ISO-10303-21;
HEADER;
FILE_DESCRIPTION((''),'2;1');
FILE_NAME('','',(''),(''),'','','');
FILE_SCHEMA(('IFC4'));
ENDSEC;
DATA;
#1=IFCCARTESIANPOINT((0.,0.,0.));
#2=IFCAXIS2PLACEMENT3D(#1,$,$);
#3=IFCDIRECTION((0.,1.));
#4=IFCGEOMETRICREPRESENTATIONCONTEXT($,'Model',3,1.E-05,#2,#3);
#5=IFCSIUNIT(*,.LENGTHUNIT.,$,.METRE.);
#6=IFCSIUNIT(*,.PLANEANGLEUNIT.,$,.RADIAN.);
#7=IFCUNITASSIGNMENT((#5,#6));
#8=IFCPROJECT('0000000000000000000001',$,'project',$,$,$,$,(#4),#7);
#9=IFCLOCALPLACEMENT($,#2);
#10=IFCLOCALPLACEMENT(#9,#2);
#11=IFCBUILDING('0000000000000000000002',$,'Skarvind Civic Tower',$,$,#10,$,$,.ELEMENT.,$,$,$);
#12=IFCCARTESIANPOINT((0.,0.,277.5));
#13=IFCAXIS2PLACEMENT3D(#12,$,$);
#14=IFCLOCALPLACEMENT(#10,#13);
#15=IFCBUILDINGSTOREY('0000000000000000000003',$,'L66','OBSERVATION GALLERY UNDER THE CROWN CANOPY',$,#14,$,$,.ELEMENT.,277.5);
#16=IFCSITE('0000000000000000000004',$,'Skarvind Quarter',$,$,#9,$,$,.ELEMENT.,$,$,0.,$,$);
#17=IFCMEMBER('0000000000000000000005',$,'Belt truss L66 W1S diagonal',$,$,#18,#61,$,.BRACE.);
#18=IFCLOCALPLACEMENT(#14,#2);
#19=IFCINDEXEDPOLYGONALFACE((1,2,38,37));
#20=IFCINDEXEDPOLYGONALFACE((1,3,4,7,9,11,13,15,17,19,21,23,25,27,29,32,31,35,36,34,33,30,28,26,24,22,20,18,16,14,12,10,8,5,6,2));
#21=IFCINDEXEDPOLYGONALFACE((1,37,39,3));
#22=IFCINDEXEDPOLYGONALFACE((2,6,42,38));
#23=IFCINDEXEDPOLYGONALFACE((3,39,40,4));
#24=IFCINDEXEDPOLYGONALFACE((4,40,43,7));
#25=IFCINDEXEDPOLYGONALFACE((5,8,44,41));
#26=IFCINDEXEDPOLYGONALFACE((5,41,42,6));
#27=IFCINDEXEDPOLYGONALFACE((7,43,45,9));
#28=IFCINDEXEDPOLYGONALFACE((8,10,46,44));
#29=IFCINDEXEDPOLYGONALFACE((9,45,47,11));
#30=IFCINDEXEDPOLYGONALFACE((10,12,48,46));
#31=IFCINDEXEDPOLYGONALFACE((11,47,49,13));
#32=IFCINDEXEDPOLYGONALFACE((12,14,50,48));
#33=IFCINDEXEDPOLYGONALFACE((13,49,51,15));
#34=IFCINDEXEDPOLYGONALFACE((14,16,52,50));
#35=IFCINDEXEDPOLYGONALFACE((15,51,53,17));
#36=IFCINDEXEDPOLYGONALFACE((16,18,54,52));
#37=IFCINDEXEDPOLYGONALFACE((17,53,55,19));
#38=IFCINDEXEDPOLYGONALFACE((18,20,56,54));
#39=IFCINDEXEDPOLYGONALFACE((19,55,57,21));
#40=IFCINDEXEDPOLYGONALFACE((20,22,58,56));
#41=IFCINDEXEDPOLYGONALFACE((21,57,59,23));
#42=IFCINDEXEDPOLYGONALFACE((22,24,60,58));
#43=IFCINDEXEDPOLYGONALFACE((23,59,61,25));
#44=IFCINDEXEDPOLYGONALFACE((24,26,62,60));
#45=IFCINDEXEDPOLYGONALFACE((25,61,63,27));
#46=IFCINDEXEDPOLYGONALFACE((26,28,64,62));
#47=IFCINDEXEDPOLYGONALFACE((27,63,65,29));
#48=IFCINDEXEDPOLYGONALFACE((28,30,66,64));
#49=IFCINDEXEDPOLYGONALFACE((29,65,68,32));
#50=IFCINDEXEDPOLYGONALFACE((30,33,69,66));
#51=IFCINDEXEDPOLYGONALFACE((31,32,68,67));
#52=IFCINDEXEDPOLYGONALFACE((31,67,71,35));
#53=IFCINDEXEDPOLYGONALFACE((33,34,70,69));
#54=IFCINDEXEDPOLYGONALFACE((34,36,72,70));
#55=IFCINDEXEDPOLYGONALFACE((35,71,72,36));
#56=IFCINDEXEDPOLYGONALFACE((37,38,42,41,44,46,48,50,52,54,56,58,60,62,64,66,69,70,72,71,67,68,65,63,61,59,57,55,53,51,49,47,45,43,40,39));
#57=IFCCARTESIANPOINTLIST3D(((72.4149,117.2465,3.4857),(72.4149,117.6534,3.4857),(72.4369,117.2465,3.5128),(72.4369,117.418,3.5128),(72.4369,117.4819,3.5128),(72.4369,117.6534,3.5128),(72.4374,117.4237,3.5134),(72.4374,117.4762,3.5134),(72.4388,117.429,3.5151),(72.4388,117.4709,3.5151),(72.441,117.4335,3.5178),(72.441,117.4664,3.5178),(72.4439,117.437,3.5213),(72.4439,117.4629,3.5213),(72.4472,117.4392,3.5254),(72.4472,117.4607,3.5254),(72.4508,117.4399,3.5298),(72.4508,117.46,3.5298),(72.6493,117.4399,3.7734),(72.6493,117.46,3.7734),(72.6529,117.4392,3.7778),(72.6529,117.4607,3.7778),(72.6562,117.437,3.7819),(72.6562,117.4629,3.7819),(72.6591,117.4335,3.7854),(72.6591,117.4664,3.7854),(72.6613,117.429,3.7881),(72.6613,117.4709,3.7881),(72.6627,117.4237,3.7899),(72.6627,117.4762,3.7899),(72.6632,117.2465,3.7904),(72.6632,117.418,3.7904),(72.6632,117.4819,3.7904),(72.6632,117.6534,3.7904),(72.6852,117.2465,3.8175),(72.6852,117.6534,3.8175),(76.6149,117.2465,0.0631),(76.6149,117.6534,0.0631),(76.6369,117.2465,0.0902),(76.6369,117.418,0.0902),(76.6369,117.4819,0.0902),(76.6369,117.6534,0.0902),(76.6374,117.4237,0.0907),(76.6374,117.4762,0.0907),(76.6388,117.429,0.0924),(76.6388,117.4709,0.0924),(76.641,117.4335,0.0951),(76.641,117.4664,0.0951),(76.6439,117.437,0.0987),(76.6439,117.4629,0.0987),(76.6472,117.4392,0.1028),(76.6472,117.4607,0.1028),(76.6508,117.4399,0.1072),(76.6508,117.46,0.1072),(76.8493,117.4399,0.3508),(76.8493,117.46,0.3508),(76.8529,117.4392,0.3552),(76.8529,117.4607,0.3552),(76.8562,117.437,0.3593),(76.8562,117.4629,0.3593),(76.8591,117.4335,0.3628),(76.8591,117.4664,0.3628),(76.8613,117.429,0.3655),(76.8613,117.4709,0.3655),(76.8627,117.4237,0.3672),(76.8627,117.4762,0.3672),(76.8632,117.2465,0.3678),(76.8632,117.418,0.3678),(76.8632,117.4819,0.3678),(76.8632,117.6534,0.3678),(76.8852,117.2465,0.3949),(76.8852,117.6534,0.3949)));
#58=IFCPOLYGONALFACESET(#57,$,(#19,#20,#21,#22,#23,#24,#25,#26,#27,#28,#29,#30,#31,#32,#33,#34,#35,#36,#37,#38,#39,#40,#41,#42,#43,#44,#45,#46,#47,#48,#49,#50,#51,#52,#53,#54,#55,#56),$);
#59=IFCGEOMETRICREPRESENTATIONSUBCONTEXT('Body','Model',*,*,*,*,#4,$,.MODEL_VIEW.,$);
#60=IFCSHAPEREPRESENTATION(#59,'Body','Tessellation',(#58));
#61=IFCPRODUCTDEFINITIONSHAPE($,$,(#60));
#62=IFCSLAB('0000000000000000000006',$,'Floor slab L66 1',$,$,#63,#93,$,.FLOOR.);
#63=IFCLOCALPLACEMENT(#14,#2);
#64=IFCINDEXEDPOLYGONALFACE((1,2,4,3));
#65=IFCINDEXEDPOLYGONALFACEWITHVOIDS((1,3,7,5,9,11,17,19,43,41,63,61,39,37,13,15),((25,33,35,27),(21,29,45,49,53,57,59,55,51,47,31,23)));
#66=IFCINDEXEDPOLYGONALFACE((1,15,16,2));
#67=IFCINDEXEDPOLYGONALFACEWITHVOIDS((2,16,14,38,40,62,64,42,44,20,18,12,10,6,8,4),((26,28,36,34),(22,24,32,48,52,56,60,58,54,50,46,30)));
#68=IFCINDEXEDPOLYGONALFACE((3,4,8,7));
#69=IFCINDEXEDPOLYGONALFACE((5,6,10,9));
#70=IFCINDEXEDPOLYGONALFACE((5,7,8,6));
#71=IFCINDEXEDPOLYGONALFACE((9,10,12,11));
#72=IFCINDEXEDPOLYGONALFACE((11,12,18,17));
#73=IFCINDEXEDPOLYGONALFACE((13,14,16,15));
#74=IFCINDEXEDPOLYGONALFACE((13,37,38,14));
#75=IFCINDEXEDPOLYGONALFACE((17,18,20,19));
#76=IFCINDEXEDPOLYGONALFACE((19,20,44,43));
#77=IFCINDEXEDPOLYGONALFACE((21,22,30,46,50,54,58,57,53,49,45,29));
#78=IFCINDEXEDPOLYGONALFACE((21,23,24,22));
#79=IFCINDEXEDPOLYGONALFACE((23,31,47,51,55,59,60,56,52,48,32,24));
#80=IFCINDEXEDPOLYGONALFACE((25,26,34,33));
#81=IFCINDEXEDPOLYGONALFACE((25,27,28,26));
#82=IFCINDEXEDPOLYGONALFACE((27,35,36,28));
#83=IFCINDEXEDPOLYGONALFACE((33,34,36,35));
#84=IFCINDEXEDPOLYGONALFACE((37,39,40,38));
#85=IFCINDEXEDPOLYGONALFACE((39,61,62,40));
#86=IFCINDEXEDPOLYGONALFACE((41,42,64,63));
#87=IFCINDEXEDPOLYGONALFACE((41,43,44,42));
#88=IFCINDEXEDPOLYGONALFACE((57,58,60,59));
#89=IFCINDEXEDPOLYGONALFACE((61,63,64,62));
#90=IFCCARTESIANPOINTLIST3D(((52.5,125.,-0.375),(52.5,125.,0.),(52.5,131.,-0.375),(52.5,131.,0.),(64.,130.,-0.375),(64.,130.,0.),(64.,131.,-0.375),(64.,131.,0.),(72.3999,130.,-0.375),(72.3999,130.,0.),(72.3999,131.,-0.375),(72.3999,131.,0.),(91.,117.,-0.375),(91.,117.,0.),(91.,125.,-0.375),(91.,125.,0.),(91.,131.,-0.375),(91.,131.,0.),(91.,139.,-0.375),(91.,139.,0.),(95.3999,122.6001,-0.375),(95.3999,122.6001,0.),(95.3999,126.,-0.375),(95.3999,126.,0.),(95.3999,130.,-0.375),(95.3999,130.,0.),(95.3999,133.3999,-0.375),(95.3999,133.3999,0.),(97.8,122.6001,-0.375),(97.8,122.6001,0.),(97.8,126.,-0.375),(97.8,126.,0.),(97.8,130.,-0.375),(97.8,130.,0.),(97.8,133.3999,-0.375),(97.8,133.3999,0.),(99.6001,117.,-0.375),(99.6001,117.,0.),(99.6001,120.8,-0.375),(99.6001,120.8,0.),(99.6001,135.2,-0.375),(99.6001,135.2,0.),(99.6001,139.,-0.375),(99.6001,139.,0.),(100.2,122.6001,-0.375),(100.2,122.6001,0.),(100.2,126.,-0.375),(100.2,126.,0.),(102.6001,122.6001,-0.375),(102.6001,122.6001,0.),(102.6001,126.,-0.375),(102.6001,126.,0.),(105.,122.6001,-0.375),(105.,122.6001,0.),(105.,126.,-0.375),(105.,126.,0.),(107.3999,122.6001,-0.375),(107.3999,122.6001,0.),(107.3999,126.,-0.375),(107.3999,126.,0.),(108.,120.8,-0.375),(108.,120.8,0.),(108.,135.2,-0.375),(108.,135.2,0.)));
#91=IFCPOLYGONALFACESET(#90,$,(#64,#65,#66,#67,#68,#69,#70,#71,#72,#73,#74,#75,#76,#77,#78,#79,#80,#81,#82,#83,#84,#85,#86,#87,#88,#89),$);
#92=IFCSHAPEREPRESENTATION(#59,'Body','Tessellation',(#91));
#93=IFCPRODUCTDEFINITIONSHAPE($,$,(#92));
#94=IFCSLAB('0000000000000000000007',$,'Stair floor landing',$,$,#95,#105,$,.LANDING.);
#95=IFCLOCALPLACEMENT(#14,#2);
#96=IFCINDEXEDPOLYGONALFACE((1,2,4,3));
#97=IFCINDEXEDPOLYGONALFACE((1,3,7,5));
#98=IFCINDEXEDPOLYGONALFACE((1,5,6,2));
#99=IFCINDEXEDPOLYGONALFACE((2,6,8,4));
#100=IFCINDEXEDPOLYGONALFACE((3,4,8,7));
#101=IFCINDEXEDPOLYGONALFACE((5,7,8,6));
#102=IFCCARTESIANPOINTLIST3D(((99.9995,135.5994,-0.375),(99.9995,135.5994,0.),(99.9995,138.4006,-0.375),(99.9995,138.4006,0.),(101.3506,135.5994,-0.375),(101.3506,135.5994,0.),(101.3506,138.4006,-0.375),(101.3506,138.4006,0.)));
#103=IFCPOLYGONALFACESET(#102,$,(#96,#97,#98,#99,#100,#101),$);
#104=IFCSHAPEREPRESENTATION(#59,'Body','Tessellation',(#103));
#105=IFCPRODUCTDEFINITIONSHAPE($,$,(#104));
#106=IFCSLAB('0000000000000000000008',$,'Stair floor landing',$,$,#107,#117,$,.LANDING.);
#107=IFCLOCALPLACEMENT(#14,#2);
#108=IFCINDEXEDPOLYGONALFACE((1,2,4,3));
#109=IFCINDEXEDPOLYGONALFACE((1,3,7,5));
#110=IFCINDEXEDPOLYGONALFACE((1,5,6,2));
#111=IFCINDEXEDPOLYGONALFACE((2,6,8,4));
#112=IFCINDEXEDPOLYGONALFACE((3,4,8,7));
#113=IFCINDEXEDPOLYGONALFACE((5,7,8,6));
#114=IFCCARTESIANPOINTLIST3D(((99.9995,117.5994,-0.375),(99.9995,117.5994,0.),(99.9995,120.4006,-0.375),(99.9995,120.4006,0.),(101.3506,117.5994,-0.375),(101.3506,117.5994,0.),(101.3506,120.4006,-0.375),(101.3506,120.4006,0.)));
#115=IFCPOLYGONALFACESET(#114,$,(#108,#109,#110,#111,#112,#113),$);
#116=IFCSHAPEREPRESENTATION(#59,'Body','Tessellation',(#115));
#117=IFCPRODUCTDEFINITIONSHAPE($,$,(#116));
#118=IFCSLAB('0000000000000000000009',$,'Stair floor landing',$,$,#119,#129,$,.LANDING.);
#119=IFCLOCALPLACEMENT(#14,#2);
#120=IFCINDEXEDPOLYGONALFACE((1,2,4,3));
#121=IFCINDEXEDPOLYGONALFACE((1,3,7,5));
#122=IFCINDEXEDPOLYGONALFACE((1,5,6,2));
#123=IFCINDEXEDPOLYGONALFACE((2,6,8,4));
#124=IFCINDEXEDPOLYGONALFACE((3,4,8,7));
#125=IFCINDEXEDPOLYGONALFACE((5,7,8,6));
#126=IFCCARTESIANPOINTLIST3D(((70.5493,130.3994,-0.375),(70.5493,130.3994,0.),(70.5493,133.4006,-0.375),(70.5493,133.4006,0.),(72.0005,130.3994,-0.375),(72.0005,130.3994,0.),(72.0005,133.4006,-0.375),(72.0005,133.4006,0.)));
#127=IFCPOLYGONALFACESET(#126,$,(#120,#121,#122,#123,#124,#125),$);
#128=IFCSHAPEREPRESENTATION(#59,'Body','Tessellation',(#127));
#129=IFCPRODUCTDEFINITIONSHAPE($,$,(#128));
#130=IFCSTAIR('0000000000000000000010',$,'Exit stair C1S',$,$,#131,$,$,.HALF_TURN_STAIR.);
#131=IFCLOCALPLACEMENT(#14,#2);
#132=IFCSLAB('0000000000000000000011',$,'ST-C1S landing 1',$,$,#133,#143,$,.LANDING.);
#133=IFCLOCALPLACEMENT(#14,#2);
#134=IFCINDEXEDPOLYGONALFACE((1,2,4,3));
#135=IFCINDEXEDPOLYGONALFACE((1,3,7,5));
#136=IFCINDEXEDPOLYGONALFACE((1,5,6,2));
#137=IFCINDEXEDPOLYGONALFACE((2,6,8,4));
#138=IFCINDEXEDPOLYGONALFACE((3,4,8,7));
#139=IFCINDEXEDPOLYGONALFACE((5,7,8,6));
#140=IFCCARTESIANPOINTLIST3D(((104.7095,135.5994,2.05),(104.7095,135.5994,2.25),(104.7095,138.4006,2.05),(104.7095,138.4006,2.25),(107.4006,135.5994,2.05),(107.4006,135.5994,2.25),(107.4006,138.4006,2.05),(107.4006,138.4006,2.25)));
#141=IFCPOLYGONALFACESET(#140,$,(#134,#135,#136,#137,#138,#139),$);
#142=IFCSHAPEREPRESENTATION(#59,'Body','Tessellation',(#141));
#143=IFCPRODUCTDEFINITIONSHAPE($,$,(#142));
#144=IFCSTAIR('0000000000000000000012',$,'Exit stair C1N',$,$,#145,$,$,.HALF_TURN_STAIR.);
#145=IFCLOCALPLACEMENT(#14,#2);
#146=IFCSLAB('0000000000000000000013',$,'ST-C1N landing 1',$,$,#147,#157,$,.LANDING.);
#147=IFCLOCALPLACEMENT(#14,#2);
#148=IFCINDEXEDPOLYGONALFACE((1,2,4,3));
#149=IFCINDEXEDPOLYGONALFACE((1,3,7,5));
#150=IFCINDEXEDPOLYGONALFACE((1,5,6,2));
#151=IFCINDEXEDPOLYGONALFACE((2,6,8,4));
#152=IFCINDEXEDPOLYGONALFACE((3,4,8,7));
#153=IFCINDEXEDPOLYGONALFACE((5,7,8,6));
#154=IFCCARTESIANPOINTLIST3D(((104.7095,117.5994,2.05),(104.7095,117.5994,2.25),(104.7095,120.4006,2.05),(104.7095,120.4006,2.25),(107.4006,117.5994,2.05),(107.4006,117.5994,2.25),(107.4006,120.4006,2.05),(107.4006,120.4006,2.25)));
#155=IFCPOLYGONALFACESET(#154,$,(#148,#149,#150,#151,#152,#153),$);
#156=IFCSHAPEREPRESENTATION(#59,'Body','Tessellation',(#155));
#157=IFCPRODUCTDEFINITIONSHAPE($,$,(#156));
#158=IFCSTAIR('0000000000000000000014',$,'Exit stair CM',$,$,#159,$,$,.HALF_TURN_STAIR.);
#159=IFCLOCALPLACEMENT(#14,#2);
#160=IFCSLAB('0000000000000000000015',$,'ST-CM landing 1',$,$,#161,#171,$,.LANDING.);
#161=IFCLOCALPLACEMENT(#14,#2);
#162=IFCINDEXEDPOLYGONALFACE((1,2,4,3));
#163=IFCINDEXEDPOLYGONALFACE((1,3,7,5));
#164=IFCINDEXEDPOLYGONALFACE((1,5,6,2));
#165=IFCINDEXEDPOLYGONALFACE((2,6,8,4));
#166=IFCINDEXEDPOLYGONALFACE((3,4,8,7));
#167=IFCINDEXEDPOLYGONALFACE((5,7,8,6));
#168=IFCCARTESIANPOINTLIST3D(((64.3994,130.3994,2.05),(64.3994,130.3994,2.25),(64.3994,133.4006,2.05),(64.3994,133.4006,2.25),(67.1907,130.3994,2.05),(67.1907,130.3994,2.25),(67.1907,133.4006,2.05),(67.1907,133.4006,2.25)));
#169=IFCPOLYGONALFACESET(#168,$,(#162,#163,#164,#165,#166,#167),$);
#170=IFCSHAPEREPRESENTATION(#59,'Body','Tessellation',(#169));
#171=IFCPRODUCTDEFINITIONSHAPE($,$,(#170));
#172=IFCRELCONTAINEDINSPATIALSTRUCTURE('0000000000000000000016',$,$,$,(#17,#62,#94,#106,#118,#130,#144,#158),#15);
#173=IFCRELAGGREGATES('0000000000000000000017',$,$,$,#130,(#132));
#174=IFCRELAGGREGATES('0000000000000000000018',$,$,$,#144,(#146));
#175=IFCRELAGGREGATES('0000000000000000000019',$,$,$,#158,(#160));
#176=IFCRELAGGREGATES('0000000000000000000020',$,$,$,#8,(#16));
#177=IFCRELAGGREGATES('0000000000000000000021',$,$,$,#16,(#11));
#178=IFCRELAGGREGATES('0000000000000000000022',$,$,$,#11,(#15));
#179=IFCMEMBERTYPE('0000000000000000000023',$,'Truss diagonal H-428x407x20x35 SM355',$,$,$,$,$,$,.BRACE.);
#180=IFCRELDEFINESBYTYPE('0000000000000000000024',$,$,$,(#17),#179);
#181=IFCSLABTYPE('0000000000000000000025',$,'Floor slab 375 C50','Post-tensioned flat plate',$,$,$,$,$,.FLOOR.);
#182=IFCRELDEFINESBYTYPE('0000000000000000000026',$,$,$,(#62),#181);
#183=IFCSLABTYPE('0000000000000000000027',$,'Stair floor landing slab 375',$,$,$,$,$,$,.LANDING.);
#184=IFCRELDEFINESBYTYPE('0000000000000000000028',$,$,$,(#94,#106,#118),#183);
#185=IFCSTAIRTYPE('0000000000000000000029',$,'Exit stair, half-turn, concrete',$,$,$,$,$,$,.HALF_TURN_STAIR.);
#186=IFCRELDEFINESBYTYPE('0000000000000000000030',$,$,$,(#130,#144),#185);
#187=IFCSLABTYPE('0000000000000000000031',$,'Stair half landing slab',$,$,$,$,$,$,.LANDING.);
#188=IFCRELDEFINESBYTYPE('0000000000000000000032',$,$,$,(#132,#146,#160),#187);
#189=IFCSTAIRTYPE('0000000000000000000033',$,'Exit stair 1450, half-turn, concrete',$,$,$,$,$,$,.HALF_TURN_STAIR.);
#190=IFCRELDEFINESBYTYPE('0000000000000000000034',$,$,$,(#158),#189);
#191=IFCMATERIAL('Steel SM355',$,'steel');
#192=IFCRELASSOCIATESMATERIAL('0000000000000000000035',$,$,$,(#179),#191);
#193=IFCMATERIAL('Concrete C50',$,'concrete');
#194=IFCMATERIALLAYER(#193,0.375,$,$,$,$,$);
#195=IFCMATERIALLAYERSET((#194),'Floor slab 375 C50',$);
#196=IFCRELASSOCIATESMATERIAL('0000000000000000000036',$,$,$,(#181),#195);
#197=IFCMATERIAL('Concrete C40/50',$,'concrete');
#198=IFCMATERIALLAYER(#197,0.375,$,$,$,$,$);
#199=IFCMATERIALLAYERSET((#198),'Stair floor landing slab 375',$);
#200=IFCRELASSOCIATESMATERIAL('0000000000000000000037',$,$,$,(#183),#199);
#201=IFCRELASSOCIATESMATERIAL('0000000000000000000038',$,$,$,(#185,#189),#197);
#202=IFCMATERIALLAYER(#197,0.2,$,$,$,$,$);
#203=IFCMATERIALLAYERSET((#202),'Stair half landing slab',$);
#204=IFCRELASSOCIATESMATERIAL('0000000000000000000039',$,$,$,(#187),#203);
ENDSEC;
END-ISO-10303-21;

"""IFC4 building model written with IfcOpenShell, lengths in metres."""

from ifc_helpers import new_model, si_unit, direction, frame, origin, origin_2d, place, context, subcontext, project, spatial, polyline, i_section, outline, extrude, material, layer, layer_set, material_profile, profile_set, type_object, element, aggregate, save


model = new_model("IFC4")

# Units and contexts
model_context = context("Model", 3, precision=1e-05, world=origin(), true_north=direction((0.0, 1.0)))
body_context = subcontext(model_context, "Body", "Model", "MODEL_VIEW")
ifc_project = project(units=[si_unit("LENGTHUNIT", "METRE"), si_unit("PLANEANGLEUNIT", "RADIAN")], contexts=[model_context])

# Site, building, storey
site_placement = place(None, origin())
site = spatial("IfcSite", under=ifc_project, at=site_placement, Name="Skarvind Quarter", CompositionType="ELEMENT", RefElevation=0.0)
building_placement = place(site_placement, origin())
building = spatial("IfcBuilding", under=site, at=building_placement, Name="Skarvind Civic Tower", CompositionType="ELEMENT")
storey_placement = place(building_placement, frame((0.0, 0.0, 277.5)))
storey = spatial("IfcBuildingStorey", under=building, at=storey_placement, Name="L66", Description="OBSERVATION GALLERY UNDER THE CROWN CANOPY", CompositionType="ELEMENT", Elevation=277.5)

# Member
ifc_material_1 = material(Name="Steel SM355", Category="steel")
ifc_material_profile_1 = material_profile(ifc_material_1, i_section(OverallWidth=0.407, OverallDepth=0.428, WebThickness=0.02, FlangeThickness=0.0349, FilletRadius=0.022, at=origin_2d()), Name="H-428x407x20x35")
ifc_profile_set_1 = profile_set([ifc_material_profile_1], Name="Steel SM355")
member_type_1 = type_object("IfcMemberType", Name="Truss diagonal H-428x407x20x35 SM355", PredefinedType="BRACE", material=ifc_profile_set_1)
for number, where, z_axis, x_axis, name in (
    (1, (72.55, 117.45, 3.6516), (0.775197, 0.0, -0.63172), (0.0, 1.0, 0.0), "Belt truss L66 W1S diagonal"),
):
    element("IfcMember", number, at=place(storey_placement, frame(where, z_axis=z_axis, x_axis=x_axis)), inside=storey, type_object=member_type_1, Name=name, PredefinedType="BRACE", context=body_context, shape_type="SweptSolid", body=[
        extrude(i_section(OverallWidth=0.407, OverallDepth=0.428, WebThickness=0.02, FlangeThickness=0.0349, FilletRadius=0.022, at=origin_2d()), origin(), (0.0, 0.0, 1.0), 5.418),
    ])

# Slabs
ifc_material_2 = material(Name="Concrete C50", Category="concrete")
ifc_layer_1 = layer(ifc_material_2, 0.375)
ifc_layer_set_1 = layer_set([ifc_layer_1], Name="Floor slab 375 C50")
slab_type_1 = type_object("IfcSlabType", Name="Floor slab 375 C50", Description="Post-tensioned flat plate", PredefinedType="FLOOR", material=ifc_layer_set_1)
slab_1_placement = place(storey_placement, frame((0.0, 0.0, -0.375)))
element("IfcSlab", 2, at=slab_1_placement, inside=storey, type_object=slab_type_1, Name="Floor slab L66 1", PredefinedType="FLOOR", context=body_context, shape_type="SweptSolid", body=[
    extrude(outline(polyline([(99.6001, 117.0), (99.6001, 120.8), (108.0, 120.8), (108.0, 135.2), (99.6001, 135.2), (99.6001, 139.0), (91.0, 139.0), (91.0, 131.0), (72.3999, 131.0), (72.3999, 130.0), (64.0, 130.0), (64.0, 131.0), (52.5, 131.0), (52.5, 125.0), (91.0, 125.0), (91.0, 117.0), (99.6001, 117.0)]), holes=[polyline([(95.3999, 126.0), (97.8, 126.0), (100.2, 126.0), (102.6001, 126.0), (105.0, 126.0), (107.3999, 126.0), (107.3999, 122.6001), (105.0, 122.6001), (102.6001, 122.6001), (100.2, 122.6001), (97.8, 122.6001), (95.3999, 122.6001), (95.3999, 126.0)]), polyline([(95.3999, 133.3999), (97.8, 133.3999), (97.8, 130.0), (95.3999, 130.0), (95.3999, 133.3999)])]), origin(), (0.0, 0.0, 1.0), 0.375),
])
ifc_material_3 = material(Name="Concrete C40/50", Category="concrete")
ifc_layer_2 = layer(ifc_material_3, 0.375)
ifc_layer_set_2 = layer_set([ifc_layer_2], Name="Stair floor landing slab 375")
slab_type_2 = type_object("IfcSlabType", Name="Stair floor landing slab 375", PredefinedType="LANDING", material=ifc_layer_set_2)
slab_2_placement = place(storey_placement, frame((0.0, 0.0, -0.375)))
element("IfcSlab", 3, at=slab_2_placement, inside=storey, type_object=slab_type_2, Name="Stair floor landing", PredefinedType="LANDING", context=body_context, shape_type="SweptSolid", body=[
    extrude(outline(polyline([(101.3506, 138.4006), (101.3506, 135.5994), (99.9995, 135.5994), (99.9995, 138.4006), (101.3506, 138.4006)])), origin(), (0.0, 0.0, 1.0), 0.375),
])
slab_3_placement = place(storey_placement, frame((0.0, 0.0, -0.375)))
element("IfcSlab", 4, at=slab_3_placement, inside=storey, type_object=slab_type_2, Name="Stair floor landing", PredefinedType="LANDING", context=body_context, shape_type="SweptSolid", body=[
    extrude(outline(polyline([(101.3506, 120.4006), (101.3506, 117.5994), (99.9995, 117.5994), (99.9995, 120.4006), (101.3506, 120.4006)])), origin(), (0.0, 0.0, 1.0), 0.375),
])
slab_4_placement = place(storey_placement, frame((0.0, 0.0, -0.375)))
element("IfcSlab", 5, at=slab_4_placement, inside=storey, type_object=slab_type_2, Name="Stair floor landing", PredefinedType="LANDING", context=body_context, shape_type="SweptSolid", body=[
    extrude(outline(polyline([(70.5493, 130.3994), (70.5493, 133.4006), (72.0005, 133.4006), (72.0005, 130.3994), (70.5493, 130.3994)])), origin(), (0.0, 0.0, 1.0), 0.375),
])

# Stairs, slabs
stair_type_1 = type_object("IfcStairType", Name="Exit stair, half-turn, concrete", PredefinedType="HALF_TURN_STAIR", material=ifc_material_3)
stair_1_placement = place(storey_placement, origin())
stair_1 = element("IfcStair", 6, at=stair_1_placement, inside=storey, type_object=stair_type_1, Name="Exit stair C1S", PredefinedType="HALF_TURN_STAIR")
ifc_layer_3 = layer(ifc_material_3, 0.2)
ifc_layer_set_3 = layer_set([ifc_layer_3], Name="Stair half landing slab")
slab_type_3 = type_object("IfcSlabType", Name="Stair half landing slab", PredefinedType="LANDING", material=ifc_layer_set_3)
slab_5_placement = place(storey_placement, frame((0.0, 0.0, 2.05)))
slab_5 = element("IfcSlab", 7, at=slab_5_placement, type_object=slab_type_3, Name="ST-C1S landing 1", PredefinedType="LANDING", context=body_context, shape_type="SweptSolid", body=[
    extrude(outline(polyline([(104.7095, 135.5994), (104.7095, 138.4006), (107.4006, 138.4006), (107.4006, 135.5994), (104.7095, 135.5994)])), origin(), (0.0, 0.0, 1.0), 0.2),
])
aggregate(stair_1, [slab_5])
stair_2_placement = place(storey_placement, origin())
stair_2 = element("IfcStair", 8, at=stair_2_placement, inside=storey, type_object=stair_type_1, Name="Exit stair C1N", PredefinedType="HALF_TURN_STAIR")
slab_6_placement = place(storey_placement, frame((0.0, 0.0, 2.05)))
slab_6 = element("IfcSlab", 9, at=slab_6_placement, type_object=slab_type_3, Name="ST-C1N landing 1", PredefinedType="LANDING", context=body_context, shape_type="SweptSolid", body=[
    extrude(outline(polyline([(104.7095, 117.5994), (104.7095, 120.4006), (107.4006, 120.4006), (107.4006, 117.5994), (104.7095, 117.5994)])), origin(), (0.0, 0.0, 1.0), 0.2),
])
aggregate(stair_2, [slab_6])
stair_type_2 = type_object("IfcStairType", Name="Exit stair 1450, half-turn, concrete", PredefinedType="HALF_TURN_STAIR", material=ifc_material_3)
stair_3_placement = place(storey_placement, origin())
stair_3 = element("IfcStair", 10, at=stair_3_placement, inside=storey, type_object=stair_type_2, Name="Exit stair CM", PredefinedType="HALF_TURN_STAIR")
slab_7_placement = place(storey_placement, frame((0.0, 0.0, 2.05)))
slab_7 = element("IfcSlab", 11, at=slab_7_placement, type_object=slab_type_3, Name="ST-CM landing 1", PredefinedType="LANDING", context=body_context, shape_type="SweptSolid", body=[
    extrude(outline(polyline([(67.1907, 133.4006), (67.1907, 130.3994), (64.3994, 130.3994), (64.3994, 133.4006), (67.1907, 133.4006)])), origin(), (0.0, 0.0, 1.0), 0.2),
])
aggregate(stair_3, [slab_7])

save(model, "model.ifc")
